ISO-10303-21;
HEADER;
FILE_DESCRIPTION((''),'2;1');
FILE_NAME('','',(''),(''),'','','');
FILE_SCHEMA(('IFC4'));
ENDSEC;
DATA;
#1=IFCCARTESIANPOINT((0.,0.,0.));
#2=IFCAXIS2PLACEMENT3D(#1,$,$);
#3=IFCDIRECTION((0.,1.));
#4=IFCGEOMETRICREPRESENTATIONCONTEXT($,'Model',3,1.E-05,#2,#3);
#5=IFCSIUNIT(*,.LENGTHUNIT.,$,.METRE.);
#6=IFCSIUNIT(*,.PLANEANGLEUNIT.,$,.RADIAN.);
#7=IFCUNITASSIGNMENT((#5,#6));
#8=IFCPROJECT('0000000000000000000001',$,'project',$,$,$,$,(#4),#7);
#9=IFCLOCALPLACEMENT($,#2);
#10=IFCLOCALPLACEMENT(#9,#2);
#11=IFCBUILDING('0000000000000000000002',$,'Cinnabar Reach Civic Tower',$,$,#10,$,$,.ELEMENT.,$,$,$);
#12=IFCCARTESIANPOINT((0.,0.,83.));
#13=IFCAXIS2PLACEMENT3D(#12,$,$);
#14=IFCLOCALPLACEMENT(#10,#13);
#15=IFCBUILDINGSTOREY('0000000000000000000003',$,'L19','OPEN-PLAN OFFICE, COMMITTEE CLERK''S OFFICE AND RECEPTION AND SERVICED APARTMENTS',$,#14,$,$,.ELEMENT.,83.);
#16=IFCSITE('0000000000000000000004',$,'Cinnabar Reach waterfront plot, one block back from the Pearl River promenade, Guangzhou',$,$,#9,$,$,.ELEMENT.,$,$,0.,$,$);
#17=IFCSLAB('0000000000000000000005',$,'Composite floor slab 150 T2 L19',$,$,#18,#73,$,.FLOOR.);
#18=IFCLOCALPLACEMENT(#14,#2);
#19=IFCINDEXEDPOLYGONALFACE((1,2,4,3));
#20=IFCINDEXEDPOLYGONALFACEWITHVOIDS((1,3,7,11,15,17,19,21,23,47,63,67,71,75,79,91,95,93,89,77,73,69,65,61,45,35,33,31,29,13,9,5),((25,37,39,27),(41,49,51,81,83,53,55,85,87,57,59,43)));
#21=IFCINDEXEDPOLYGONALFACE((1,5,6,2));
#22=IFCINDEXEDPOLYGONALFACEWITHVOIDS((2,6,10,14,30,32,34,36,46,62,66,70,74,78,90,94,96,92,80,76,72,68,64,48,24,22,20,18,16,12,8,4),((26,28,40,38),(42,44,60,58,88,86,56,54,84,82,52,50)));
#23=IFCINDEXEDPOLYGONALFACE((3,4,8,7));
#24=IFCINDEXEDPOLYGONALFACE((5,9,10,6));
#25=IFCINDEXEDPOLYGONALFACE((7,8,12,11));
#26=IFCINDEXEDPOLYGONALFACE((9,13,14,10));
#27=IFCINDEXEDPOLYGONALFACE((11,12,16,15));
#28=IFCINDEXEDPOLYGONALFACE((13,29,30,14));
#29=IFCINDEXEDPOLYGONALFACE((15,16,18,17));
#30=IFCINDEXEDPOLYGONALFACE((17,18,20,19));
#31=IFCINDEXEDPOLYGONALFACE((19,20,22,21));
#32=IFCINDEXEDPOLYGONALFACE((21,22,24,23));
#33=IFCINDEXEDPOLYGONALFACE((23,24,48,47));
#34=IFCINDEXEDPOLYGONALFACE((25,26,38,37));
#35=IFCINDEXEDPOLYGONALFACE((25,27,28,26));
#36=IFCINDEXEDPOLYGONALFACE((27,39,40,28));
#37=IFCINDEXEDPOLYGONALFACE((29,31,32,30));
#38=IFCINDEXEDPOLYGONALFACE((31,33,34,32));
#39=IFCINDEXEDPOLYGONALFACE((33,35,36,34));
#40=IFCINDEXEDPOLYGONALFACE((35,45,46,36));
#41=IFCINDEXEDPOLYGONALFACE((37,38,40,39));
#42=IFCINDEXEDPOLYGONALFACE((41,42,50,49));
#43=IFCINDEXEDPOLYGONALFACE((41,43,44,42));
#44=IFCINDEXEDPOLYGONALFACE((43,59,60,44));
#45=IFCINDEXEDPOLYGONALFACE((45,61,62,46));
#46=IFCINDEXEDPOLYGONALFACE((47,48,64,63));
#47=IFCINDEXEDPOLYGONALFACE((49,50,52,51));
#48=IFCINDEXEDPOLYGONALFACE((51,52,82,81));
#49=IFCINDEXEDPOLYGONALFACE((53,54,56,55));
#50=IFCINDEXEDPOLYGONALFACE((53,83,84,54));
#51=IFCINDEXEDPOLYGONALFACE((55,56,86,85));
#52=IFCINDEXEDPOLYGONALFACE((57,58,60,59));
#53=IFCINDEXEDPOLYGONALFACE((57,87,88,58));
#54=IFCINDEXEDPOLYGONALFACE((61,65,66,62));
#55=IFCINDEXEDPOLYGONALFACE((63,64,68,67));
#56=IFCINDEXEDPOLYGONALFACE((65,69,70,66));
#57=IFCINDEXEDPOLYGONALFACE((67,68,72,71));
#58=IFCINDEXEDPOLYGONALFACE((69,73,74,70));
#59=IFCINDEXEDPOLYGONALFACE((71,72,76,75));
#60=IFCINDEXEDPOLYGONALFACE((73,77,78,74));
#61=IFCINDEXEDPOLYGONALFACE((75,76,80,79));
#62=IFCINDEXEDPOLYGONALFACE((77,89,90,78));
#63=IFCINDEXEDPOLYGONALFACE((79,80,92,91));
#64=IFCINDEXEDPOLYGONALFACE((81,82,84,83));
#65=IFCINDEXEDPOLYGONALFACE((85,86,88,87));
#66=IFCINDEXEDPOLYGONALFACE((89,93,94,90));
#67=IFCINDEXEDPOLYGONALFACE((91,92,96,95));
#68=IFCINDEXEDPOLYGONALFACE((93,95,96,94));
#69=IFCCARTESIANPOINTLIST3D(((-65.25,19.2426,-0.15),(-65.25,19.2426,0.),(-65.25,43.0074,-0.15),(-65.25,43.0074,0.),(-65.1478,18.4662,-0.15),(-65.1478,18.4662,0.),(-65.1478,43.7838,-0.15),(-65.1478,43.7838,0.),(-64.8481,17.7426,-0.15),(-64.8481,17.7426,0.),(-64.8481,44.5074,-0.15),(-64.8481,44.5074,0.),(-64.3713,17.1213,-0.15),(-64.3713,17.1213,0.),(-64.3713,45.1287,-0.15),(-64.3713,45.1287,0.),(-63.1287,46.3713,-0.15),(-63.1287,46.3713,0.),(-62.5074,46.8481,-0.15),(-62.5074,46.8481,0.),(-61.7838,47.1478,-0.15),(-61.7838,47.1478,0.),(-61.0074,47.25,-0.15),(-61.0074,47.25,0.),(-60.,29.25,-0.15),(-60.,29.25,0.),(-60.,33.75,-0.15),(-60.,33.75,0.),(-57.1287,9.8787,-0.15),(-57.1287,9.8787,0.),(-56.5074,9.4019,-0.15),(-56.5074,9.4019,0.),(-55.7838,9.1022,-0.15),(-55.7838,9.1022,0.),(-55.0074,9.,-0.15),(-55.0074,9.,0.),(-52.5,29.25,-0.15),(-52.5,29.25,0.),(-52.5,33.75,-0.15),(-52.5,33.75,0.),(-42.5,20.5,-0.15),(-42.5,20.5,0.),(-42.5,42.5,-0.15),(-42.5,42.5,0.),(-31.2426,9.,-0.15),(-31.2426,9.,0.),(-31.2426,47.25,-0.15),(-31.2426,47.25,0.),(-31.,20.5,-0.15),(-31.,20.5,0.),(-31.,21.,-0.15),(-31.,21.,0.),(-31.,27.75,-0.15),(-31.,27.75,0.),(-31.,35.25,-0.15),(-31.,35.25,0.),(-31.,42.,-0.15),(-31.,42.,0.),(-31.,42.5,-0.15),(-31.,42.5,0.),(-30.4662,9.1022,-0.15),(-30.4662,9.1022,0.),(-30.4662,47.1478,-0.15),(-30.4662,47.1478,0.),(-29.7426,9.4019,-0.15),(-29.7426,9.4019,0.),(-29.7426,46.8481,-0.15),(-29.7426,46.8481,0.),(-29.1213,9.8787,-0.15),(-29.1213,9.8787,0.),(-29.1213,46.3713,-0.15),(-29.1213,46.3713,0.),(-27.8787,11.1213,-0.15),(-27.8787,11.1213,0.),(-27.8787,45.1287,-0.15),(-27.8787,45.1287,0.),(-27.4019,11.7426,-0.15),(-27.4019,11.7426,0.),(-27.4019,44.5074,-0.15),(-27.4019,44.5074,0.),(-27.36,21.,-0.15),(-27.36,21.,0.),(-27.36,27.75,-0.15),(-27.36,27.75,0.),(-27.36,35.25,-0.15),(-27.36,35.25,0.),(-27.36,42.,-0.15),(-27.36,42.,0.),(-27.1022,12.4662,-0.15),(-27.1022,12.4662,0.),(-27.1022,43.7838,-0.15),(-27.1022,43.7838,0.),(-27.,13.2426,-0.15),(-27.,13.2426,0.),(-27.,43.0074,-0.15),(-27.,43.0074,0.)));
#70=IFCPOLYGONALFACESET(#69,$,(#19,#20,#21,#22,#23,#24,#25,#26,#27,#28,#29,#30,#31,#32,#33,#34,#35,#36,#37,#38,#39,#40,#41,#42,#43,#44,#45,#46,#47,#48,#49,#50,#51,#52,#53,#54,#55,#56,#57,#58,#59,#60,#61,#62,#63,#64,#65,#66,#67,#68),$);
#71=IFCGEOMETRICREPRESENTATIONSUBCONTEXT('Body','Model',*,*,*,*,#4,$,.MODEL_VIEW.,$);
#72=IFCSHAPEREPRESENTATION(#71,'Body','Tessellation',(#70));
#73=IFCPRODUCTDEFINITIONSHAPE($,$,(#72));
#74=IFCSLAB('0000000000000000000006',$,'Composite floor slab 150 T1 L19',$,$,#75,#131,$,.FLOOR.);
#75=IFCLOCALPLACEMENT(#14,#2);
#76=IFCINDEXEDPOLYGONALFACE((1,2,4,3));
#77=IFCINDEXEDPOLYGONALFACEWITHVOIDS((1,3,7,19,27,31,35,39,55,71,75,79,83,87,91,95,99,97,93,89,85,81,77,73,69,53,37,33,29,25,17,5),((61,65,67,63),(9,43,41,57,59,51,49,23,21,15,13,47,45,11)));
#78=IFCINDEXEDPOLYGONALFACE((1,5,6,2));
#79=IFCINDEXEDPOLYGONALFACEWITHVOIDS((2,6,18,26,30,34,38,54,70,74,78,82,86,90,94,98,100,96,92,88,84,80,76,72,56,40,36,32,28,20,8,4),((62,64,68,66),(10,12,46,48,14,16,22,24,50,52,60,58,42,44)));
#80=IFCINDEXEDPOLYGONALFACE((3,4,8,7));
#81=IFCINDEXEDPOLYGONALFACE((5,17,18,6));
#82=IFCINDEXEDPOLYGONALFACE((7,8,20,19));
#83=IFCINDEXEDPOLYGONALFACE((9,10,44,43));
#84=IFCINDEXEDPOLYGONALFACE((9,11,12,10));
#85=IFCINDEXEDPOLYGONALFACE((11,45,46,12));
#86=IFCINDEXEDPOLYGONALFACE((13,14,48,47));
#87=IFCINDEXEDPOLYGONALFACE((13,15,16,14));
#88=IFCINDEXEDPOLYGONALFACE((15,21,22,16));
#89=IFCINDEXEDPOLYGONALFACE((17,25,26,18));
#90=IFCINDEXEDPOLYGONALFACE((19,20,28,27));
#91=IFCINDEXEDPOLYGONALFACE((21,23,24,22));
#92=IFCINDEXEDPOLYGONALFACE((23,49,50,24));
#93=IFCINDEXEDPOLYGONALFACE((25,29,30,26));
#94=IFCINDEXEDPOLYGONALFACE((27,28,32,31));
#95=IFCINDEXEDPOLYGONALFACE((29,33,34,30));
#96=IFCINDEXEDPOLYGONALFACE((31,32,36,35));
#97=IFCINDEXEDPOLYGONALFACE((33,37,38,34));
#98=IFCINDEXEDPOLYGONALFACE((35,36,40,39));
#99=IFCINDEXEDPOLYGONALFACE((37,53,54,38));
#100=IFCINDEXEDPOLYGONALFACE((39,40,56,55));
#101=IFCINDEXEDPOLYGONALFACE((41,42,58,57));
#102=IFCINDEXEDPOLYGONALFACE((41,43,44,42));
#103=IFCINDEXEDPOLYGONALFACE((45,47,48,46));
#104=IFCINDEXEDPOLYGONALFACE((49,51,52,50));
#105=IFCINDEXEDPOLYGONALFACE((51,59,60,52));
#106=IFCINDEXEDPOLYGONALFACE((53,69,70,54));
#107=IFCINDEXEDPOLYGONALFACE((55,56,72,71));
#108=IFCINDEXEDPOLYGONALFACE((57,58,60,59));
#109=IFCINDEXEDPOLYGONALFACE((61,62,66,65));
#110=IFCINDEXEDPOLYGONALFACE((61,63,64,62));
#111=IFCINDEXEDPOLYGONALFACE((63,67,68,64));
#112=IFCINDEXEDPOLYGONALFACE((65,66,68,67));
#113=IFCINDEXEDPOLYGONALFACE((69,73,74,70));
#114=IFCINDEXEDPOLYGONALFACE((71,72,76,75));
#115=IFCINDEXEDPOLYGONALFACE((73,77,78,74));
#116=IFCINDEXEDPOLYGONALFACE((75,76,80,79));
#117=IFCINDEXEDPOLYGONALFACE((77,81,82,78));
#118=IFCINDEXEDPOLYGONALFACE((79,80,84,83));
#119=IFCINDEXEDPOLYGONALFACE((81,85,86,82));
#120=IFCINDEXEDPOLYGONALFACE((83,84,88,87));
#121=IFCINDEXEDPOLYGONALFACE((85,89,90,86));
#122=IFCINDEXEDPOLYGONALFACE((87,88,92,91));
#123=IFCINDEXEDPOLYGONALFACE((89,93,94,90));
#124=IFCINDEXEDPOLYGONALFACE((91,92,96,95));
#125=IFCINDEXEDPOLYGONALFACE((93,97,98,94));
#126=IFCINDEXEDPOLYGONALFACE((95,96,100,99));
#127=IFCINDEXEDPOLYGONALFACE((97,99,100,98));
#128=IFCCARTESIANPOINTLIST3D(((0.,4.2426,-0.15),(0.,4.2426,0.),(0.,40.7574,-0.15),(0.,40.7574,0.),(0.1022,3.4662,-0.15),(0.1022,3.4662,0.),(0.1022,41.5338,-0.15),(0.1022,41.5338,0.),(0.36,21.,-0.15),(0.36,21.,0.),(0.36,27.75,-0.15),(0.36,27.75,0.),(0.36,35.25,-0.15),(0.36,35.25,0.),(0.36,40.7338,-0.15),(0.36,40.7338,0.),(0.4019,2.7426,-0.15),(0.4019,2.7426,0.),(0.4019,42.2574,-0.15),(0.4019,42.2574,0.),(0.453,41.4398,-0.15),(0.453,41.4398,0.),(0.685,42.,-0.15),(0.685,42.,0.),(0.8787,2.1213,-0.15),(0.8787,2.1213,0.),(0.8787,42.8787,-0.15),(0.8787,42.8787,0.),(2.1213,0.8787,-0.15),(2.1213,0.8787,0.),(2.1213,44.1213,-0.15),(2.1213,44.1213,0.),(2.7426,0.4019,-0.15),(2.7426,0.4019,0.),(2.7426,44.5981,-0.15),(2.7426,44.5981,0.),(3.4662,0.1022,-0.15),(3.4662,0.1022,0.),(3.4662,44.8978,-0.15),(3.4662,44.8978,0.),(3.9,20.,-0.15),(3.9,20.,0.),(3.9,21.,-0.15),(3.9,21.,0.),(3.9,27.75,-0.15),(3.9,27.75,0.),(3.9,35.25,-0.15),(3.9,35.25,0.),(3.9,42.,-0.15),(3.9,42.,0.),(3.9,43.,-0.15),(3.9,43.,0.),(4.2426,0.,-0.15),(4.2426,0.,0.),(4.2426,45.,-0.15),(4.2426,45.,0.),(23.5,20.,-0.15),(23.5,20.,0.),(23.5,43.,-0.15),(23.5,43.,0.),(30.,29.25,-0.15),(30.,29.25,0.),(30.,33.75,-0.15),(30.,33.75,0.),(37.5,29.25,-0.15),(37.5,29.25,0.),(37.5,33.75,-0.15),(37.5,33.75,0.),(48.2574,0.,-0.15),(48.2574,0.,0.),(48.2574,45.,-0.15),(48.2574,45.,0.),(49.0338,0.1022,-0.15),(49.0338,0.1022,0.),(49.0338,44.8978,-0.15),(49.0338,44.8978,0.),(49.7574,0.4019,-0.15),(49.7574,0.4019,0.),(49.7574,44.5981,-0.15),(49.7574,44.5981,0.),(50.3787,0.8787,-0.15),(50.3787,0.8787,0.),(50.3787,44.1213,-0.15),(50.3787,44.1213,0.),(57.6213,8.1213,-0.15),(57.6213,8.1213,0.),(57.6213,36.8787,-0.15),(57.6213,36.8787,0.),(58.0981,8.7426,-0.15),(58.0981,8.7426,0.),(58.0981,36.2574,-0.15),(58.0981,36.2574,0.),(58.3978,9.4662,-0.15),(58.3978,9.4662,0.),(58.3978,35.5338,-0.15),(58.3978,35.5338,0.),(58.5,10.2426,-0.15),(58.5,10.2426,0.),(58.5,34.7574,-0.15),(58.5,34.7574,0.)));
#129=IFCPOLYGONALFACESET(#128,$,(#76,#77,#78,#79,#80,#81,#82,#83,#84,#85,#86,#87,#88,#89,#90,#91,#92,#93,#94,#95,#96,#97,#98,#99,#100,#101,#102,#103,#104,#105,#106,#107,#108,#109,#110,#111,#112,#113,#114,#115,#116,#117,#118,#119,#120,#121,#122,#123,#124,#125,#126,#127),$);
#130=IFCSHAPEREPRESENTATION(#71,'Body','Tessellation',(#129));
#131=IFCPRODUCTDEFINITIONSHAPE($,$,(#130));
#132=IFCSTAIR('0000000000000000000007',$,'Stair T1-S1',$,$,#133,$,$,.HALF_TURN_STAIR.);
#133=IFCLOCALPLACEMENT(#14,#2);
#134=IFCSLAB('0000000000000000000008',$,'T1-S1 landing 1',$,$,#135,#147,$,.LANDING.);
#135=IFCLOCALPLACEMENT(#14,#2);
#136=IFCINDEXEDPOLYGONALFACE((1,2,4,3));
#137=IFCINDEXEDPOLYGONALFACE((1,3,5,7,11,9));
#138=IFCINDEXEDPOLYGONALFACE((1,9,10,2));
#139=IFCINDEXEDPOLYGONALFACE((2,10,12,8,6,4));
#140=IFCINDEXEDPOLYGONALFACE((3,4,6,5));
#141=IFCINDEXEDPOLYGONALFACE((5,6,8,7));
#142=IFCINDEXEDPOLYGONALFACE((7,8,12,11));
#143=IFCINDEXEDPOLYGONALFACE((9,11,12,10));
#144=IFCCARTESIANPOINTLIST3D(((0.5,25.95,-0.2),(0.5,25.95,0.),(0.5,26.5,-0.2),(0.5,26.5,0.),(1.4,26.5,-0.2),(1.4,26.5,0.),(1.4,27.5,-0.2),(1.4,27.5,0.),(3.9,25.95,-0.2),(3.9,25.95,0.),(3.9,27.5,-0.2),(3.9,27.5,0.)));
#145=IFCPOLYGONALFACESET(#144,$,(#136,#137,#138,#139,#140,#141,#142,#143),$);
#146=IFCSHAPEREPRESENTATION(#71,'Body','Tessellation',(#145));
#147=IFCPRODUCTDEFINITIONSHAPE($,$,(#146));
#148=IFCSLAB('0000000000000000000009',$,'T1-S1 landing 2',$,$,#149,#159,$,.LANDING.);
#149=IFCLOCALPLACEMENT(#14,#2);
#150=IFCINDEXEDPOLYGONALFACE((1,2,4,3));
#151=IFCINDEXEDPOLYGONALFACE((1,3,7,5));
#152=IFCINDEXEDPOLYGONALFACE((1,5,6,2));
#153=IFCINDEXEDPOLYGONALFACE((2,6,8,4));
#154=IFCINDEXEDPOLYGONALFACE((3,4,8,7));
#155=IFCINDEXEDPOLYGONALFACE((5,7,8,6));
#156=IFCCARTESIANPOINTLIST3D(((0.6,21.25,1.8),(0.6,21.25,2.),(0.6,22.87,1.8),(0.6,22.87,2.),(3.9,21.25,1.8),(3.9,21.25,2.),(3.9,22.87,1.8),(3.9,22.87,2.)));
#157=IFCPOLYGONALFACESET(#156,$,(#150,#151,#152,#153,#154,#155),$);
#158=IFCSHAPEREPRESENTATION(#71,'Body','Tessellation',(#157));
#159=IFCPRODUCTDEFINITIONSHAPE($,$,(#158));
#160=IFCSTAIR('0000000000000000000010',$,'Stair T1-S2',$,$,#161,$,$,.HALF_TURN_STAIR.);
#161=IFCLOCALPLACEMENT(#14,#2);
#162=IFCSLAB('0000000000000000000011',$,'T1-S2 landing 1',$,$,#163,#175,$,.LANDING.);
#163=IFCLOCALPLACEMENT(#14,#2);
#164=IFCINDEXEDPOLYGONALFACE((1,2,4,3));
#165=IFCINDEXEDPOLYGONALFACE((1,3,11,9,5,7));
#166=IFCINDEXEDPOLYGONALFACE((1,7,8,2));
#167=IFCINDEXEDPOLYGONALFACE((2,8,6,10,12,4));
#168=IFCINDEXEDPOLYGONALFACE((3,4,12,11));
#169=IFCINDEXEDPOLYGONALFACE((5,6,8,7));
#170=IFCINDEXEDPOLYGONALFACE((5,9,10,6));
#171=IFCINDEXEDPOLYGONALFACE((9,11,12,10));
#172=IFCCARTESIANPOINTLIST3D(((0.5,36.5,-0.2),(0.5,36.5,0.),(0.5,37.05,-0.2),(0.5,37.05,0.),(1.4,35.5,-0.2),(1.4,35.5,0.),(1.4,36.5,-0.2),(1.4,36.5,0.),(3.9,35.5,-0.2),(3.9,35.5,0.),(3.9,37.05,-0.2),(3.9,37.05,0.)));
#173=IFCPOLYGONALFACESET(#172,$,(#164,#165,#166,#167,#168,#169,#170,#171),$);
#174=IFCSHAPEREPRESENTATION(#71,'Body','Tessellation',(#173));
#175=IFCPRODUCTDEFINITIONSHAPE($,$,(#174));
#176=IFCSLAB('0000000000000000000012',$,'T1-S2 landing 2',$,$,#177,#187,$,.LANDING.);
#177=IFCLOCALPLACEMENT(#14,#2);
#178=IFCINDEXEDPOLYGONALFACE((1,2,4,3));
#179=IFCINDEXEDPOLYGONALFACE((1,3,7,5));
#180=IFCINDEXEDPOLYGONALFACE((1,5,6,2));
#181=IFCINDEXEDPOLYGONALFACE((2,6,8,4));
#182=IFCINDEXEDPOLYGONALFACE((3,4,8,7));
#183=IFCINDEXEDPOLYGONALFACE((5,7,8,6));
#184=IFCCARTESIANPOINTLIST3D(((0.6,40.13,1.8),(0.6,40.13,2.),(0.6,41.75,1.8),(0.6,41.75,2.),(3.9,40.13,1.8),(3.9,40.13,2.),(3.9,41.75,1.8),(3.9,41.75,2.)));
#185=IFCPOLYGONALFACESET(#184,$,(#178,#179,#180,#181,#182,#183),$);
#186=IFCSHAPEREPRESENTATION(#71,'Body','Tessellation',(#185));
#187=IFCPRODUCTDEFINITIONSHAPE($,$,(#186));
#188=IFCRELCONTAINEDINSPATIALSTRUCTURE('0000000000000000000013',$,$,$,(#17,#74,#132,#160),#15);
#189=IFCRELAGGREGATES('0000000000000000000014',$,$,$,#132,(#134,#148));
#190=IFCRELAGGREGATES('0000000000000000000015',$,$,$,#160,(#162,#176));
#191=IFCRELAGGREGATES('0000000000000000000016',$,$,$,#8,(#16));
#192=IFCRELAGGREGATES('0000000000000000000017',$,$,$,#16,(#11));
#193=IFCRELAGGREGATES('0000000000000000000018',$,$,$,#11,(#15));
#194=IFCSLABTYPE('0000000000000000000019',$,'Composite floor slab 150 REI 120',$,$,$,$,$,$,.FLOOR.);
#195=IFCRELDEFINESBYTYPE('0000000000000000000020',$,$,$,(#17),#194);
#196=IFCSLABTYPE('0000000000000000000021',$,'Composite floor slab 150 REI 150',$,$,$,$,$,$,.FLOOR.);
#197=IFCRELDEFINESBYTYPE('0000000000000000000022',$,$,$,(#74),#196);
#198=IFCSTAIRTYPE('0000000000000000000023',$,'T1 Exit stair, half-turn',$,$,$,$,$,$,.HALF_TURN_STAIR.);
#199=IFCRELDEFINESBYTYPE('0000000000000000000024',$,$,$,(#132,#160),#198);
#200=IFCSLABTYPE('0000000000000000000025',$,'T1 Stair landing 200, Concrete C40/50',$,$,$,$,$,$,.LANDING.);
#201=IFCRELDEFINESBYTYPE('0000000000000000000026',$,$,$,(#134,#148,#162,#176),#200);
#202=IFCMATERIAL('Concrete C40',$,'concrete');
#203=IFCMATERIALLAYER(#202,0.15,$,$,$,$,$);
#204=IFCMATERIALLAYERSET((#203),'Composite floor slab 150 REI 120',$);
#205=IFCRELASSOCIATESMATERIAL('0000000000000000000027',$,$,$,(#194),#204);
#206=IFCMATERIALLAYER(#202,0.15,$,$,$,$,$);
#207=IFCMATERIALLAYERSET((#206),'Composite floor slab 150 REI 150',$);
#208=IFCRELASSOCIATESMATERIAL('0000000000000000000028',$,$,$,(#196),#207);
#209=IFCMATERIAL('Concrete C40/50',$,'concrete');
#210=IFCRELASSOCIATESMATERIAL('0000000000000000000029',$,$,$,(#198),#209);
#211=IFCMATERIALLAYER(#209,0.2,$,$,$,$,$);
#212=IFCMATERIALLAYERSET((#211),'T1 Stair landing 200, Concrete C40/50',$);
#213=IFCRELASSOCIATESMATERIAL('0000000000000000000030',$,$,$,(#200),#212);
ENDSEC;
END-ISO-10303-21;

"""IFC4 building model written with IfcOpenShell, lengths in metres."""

from ifc_helpers import new_model, si_unit, direction, frame, origin, place, context, subcontext, project, spatial, polyline, outline, extrude, material, layer, layer_set, type_object, element, aggregate, save


model = new_model("IFC4")

# Units and contexts
model_context = context("Model", 3, precision=1e-05, world=origin(), true_north=direction((0.0, 1.0)))
body_context = subcontext(model_context, "Body", "Model", "MODEL_VIEW")
ifc_project = project(units=[si_unit("LENGTHUNIT", "METRE"), si_unit("PLANEANGLEUNIT", "RADIAN")], contexts=[model_context])

# Site, building, storey
site_placement = place(None, origin())
site = spatial("IfcSite", under=ifc_project, at=site_placement, Name="Cinnabar Reach waterfront plot, one block back from the Pearl River promenade, Guangzhou", CompositionType="ELEMENT", RefElevation=0.0)
building_placement = place(site_placement, origin())
building = spatial("IfcBuilding", under=site, at=building_placement, Name="Cinnabar Reach Civic Tower", CompositionType="ELEMENT")
storey_placement = place(building_placement, frame((0.0, 0.0, 83.0)))
storey = spatial("IfcBuildingStorey", under=building, at=storey_placement, Name="L19", Description="OPEN-PLAN OFFICE, COMMITTEE CLERK'S OFFICE AND RECEPTION AND SERVICED APARTMENTS", CompositionType="ELEMENT", Elevation=83.0)

# Slabs
ifc_material_1 = material(Name="Concrete C40", Category="concrete")
ifc_layer_1 = layer(ifc_material_1, 0.15)
ifc_layer_set_1 = layer_set([ifc_layer_1], Name="Composite floor slab 150 REI 120")
slab_type_1 = type_object("IfcSlabType", Name="Composite floor slab 150 REI 120", PredefinedType="FLOOR", material=ifc_layer_set_1)
slab_1_placement = place(storey_placement, frame((0.0, 0.0, -0.15)))
element("IfcSlab", 1, at=slab_1_placement, inside=storey, type_object=slab_type_1, Name="Composite floor slab 150 T2 L19", PredefinedType="FLOOR", context=body_context, shape_type="SweptSolid", body=[
    extrude(outline(polyline([(-64.3713, 17.1213), (-64.8481, 17.7426), (-65.1478, 18.4662), (-65.25, 19.2426), (-65.25, 43.0074), (-65.1478, 43.7838), (-64.8481, 44.5074), (-64.3713, 45.1287), (-63.1287, 46.3713), (-62.5074, 46.8481), (-61.7838, 47.1478), (-61.0074, 47.25), (-31.2426, 47.25), (-30.4662, 47.1478), (-29.7426, 46.8481), (-29.1213, 46.3713), (-27.8787, 45.1287), (-27.4019, 44.5074), (-27.1022, 43.7838), (-27.0, 43.0074), (-27.0, 13.2426), (-27.1022, 12.4662), (-27.4019, 11.7426), (-27.8787, 11.1213), (-29.1213, 9.8787), (-29.7426, 9.4019), (-30.4662, 9.1022), (-31.2426, 9.0), (-55.0074, 9.0), (-55.7838, 9.1022), (-56.5074, 9.4019), (-57.1287, 9.8787), (-64.3713, 17.1213)]), holes=[polyline([(-31.0, 27.75), (-31.0, 35.25), (-27.36, 35.25), (-27.36, 42.0), (-31.0, 42.0), (-31.0, 42.5), (-42.5, 42.5), (-42.5, 20.5), (-31.0, 20.5), (-31.0, 21.0), (-27.36, 21.0), (-27.36, 27.75), (-31.0, 27.75)]), polyline([(-60.0, 33.75), (-60.0, 29.25), (-52.5, 29.25), (-52.5, 33.75), (-60.0, 33.75)])]), origin(), (0.0, 0.0, 1.0), 0.15),
])
ifc_layer_2 = layer(ifc_material_1, 0.15)
ifc_layer_set_2 = layer_set([ifc_layer_2], Name="Composite floor slab 150 REI 150")
slab_type_2 = type_object("IfcSlabType", Name="Composite floor slab 150 REI 150", PredefinedType="FLOOR", material=ifc_layer_set_2)
slab_2_placement = place(storey_placement, frame((0.0, 0.0, -0.15)))
element("IfcSlab", 2, at=slab_2_placement, inside=storey, type_object=slab_type_2, Name="Composite floor slab 150 T1 L19", PredefinedType="FLOOR", context=body_context, shape_type="SweptSolid", body=[
    extrude(outline(polyline([(0.8787, 2.1213), (0.4019, 2.7426), (0.1022, 3.4662), (0.0, 4.2426), (0.0, 40.7574), (0.1022, 41.5338), (0.4019, 42.2574), (0.8787, 42.8787), (2.1213, 44.1213), (2.7426, 44.5981), (3.4662, 44.8978), (4.2426, 45.0), (48.2574, 45.0), (49.0338, 44.8978), (49.7574, 44.5981), (50.3787, 44.1213), (57.6213, 36.8787), (58.0981, 36.2574), (58.3978, 35.5338), (58.5, 34.7574), (58.5, 10.2426), (58.3978, 9.4662), (58.0981, 8.7426), (57.6213, 8.1213), (50.3787, 0.8787), (49.7574, 0.4019), (49.0338, 0.1022), (48.2574, 0.0), (4.2426, 0.0), (3.4662, 0.1022), (2.7426, 0.4019), (2.1213, 0.8787), (0.8787, 2.1213)]), holes=[polyline([(0.36, 21.0), (3.9, 21.0), (3.9, 20.0), (23.5, 20.0), (23.5, 43.0), (3.9, 43.0), (3.9, 42.0), (0.685, 42.0), (0.453, 41.4398), (0.36, 40.7338), (0.36, 35.25), (3.9, 35.25), (3.9, 27.75), (0.36, 27.75), (0.36, 21.0)]), polyline([(30.0, 33.75), (30.0, 29.25), (37.5, 29.25), (37.5, 33.75), (30.0, 33.75)])]), origin(), (0.0, 0.0, 1.0), 0.15),
])

# Stairs, slabs
ifc_material_2 = material(Name="Concrete C40/50", Category="concrete")
stair_type = type_object("IfcStairType", Name="T1 Exit stair, half-turn", PredefinedType="HALF_TURN_STAIR", material=ifc_material_2)
stair_1_placement = place(storey_placement, origin())
stair_1 = element("IfcStair", 3, at=stair_1_placement, inside=storey, type_object=stair_type, Name="Stair T1-S1", PredefinedType="HALF_TURN_STAIR")
ifc_layer_3 = layer(ifc_material_2, 0.2)
ifc_layer_set_3 = layer_set([ifc_layer_3], Name="T1 Stair landing 200, Concrete C40/50")
slab_type_3 = type_object("IfcSlabType", Name="T1 Stair landing 200, Concrete C40/50", PredefinedType="LANDING", material=ifc_layer_set_3)
slab_3_placement = place(storey_placement, frame((0.0, 0.0, -0.2)))
slab_3 = element("IfcSlab", 4, at=slab_3_placement, type_object=slab_type_3, Name="T1-S1 landing 1", PredefinedType="LANDING", context=body_context, shape_type="SweptSolid", body=[
    extrude(outline(polyline([(3.9, 27.5), (3.9, 25.95), (0.5, 25.95), (0.5, 26.5), (1.4, 26.5), (1.4, 27.5), (3.9, 27.5)])), origin(), (0.0, 0.0, 1.0), 0.2),
])
slab_4_placement = place(storey_placement, frame((0.0, 0.0, 1.8)))
slab_4 = element("IfcSlab", 5, at=slab_4_placement, type_object=slab_type_3, Name="T1-S1 landing 2", PredefinedType="LANDING", context=body_context, shape_type="SweptSolid", body=[
    extrude(outline(polyline([(0.6, 21.25), (0.6, 22.87), (3.9, 22.87), (3.9, 21.25), (0.6, 21.25)])), origin(), (0.0, 0.0, 1.0), 0.2),
])
aggregate(stair_1, [slab_3, slab_4])
stair_2_placement = place(storey_placement, origin())
stair_2 = element("IfcStair", 6, at=stair_2_placement, inside=storey, type_object=stair_type, Name="Stair T1-S2", PredefinedType="HALF_TURN_STAIR")
slab_5_placement = place(storey_placement, frame((0.0, 0.0, -0.2)))
slab_5 = element("IfcSlab", 7, at=slab_5_placement, type_object=slab_type_3, Name="T1-S2 landing 1", PredefinedType="LANDING", context=body_context, shape_type="SweptSolid", body=[
    extrude(outline(polyline([(0.5, 37.05), (3.9, 37.05), (3.9, 35.5), (1.4, 35.5), (1.4, 36.5), (0.5, 36.5), (0.5, 37.05)])), origin(), (0.0, 0.0, 1.0), 0.2),
])
slab_6_placement = place(storey_placement, frame((0.0, 0.0, 1.8)))
slab_6 = element("IfcSlab", 8, at=slab_6_placement, type_object=slab_type_3, Name="T1-S2 landing 2", PredefinedType="LANDING", context=body_context, shape_type="SweptSolid", body=[
    extrude(outline(polyline([(0.6, 40.13), (0.6, 41.75), (3.9, 41.75), (3.9, 40.13), (0.6, 40.13)])), origin(), (0.0, 0.0, 1.0), 0.2),
])
aggregate(stair_2, [slab_5, slab_6])

save(model, "model.ifc")
